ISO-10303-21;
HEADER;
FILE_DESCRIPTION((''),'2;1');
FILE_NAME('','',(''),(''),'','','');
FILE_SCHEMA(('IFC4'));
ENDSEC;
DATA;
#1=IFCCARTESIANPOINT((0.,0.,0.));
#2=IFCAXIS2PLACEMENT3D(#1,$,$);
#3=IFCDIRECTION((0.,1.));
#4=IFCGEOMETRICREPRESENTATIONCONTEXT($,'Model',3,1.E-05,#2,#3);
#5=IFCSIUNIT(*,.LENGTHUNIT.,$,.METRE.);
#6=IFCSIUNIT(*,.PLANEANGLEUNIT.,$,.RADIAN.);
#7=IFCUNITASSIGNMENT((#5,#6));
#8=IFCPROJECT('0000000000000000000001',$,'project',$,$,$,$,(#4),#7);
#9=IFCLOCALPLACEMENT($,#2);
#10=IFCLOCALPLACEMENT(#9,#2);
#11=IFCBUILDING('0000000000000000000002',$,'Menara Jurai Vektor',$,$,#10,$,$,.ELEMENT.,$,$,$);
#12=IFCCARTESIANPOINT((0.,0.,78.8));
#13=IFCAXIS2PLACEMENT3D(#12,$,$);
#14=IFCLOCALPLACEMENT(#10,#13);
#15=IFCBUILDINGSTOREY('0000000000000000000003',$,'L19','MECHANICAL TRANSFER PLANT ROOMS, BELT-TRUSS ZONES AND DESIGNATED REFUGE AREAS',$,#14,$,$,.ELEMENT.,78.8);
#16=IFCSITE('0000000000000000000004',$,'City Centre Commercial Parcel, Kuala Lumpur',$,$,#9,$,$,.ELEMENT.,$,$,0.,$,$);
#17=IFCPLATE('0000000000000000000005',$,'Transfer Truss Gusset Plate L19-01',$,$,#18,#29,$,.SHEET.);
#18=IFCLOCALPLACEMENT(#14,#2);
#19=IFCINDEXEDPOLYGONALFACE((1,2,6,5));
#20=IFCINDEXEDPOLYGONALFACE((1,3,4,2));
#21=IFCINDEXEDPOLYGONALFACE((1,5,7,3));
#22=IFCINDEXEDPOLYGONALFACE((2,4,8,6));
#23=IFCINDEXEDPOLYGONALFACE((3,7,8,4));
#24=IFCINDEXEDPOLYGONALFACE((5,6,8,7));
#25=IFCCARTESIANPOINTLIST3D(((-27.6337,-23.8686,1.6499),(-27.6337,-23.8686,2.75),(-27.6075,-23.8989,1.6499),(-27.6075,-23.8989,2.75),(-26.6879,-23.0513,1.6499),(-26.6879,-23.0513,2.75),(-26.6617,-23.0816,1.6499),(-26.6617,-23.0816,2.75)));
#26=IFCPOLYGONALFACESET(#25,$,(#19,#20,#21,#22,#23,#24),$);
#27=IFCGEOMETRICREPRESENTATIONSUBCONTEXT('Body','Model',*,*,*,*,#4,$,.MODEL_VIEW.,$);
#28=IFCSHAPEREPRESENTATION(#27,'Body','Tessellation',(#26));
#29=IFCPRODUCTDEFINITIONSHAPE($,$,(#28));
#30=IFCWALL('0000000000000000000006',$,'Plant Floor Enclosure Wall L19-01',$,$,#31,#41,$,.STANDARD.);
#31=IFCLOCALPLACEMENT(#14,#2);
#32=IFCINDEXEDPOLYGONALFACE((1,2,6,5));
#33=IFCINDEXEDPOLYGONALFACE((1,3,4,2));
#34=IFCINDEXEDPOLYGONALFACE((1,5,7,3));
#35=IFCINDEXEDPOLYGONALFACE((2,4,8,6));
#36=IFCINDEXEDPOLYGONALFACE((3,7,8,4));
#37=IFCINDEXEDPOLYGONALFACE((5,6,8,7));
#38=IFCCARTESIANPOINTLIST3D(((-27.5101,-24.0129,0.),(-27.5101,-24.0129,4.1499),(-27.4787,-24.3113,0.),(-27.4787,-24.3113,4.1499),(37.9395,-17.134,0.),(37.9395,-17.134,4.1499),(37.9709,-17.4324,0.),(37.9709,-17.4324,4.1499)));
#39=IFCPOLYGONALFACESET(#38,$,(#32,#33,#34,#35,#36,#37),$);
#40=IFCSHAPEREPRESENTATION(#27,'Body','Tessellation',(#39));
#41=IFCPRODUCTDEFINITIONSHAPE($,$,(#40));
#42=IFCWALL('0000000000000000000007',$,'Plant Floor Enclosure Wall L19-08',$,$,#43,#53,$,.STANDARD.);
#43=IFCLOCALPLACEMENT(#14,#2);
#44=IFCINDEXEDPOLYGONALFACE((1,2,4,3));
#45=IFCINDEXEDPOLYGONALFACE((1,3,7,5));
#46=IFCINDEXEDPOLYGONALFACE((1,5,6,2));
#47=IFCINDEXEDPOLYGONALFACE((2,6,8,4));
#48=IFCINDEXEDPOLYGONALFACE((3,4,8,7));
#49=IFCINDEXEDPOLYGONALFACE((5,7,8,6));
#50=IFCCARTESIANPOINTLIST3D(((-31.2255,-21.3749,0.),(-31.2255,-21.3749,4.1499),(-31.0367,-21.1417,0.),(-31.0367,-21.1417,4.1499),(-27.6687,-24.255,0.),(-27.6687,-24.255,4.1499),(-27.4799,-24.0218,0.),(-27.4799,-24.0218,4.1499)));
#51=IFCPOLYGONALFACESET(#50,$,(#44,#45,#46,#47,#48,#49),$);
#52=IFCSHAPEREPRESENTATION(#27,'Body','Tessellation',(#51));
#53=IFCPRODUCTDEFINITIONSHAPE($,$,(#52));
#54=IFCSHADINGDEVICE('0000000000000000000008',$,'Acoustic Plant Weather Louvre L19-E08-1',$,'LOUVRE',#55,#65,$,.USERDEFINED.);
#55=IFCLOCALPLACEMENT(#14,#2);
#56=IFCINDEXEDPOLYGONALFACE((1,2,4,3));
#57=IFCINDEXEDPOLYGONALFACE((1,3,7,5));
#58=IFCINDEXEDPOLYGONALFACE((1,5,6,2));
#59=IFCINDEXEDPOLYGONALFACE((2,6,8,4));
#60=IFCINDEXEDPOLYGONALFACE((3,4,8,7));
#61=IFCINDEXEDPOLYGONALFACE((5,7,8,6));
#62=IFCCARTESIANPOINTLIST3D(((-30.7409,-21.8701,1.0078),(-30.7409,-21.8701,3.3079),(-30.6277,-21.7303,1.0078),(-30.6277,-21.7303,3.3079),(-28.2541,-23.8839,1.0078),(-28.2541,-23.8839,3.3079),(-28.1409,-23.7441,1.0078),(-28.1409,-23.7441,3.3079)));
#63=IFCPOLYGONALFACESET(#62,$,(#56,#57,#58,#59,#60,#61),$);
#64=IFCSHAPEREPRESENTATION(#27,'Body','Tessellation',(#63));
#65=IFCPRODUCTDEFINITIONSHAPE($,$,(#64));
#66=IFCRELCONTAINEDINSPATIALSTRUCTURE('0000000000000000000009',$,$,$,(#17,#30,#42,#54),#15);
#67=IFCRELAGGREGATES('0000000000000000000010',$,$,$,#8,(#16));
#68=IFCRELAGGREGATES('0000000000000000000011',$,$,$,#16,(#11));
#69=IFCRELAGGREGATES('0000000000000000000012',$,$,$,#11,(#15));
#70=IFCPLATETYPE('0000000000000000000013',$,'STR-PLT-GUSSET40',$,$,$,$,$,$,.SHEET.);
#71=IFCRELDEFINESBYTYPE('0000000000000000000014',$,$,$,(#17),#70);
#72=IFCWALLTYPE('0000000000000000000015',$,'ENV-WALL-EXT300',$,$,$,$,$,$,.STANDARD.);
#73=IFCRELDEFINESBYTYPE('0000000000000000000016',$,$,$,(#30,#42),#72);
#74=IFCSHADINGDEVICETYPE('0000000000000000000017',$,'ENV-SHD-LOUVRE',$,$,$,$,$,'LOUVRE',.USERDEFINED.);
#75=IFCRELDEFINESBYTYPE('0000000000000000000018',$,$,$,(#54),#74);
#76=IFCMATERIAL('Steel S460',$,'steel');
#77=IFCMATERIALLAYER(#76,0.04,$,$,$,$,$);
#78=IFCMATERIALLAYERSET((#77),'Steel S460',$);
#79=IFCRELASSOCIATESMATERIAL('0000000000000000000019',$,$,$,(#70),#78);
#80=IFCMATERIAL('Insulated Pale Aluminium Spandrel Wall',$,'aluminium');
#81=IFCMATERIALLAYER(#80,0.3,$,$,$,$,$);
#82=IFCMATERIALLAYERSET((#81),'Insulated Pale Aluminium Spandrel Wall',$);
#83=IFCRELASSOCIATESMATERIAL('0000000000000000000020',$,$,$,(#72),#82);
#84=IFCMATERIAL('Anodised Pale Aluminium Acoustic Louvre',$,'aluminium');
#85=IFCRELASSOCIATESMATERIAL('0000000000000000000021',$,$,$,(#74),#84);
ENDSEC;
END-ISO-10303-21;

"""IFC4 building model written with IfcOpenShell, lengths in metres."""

from ifc_helpers import new_model, si_unit, direction, frame, frame_2d, origin, origin_2d, place, context, subcontext, project, spatial, rectangle, extrude, material, layer, layer_set, type_object, element, save


model = new_model("IFC4")

# Units and contexts
model_context = context("Model", 3, precision=1e-05, world=origin(), true_north=direction((0.0, 1.0)))
body_context = subcontext(model_context, "Body", "Model", "MODEL_VIEW")
ifc_project = project(units=[si_unit("LENGTHUNIT", "METRE"), si_unit("PLANEANGLEUNIT", "RADIAN")], contexts=[model_context])

# Site, building, storey
site_placement = place(None, origin())
site = spatial("IfcSite", under=ifc_project, at=site_placement, Name="City Centre Commercial Parcel, Kuala Lumpur", CompositionType="ELEMENT", RefElevation=0.0)
building_placement = place(site_placement, origin())
building = spatial("IfcBuilding", under=site, at=building_placement, Name="Menara Jurai Vektor", CompositionType="ELEMENT")
storey_placement = place(building_placement, frame((0.0, 0.0, 78.8)))
storey = spatial("IfcBuildingStorey", under=building, at=storey_placement, Name="L19", Description="MECHANICAL TRANSFER PLANT ROOMS, BELT-TRUSS ZONES AND DESIGNATED REFUGE AREAS", CompositionType="ELEMENT", Elevation=78.8)

# Shared definitions
ifc_material_1 = material(Name="Steel S460", Category="steel")

# Plate
ifc_layer_1 = layer(ifc_material_1, 0.04)
ifc_layer_set_1 = layer_set([ifc_layer_1], Name="Steel S460")
plate_type = type_object("IfcPlateType", Name="STR-PLT-GUSSET40", PredefinedType="SHEET", material=ifc_layer_set_1)
plate_placement = place(storey_placement, frame((-27.1477, -23.4751, 1.6499), z_axis=(0.0, 0.0, 1.0), x_axis=(0.756653, 0.653817, 0.0)))
element("IfcPlate", 1, at=plate_placement, inside=storey, type_object=plate_type, Name="Transfer Truss Gusset Plate L19-01", PredefinedType="SHEET", context=body_context, shape_type="SweptSolid", body=[
    extrude(rectangle(XDim=1.25, YDim=0.04, at=origin_2d()), origin(), (0.0, 0.0, 1.0), 1.1001),
])

# Walls
ifc_material_2 = material(Name="Insulated Pale Aluminium Spandrel Wall", Category="aluminium")
ifc_layer_2 = layer(ifc_material_2, 0.3)
ifc_layer_set_2 = layer_set([ifc_layer_2], Name="Insulated Pale Aluminium Spandrel Wall")
wall_type = type_object("IfcWallType", Name="ENV-WALL-EXT300", PredefinedType="STANDARD", material=ifc_layer_set_2)
wall_1_placement = place(storey_placement, frame((-27.4944, -24.1621, 0.0), z_axis=(0.0, 0.0, 1.0), x_axis=(0.994522, 0.104527, 0.0)))
element("IfcWall", 2, at=wall_1_placement, inside=storey, type_object=wall_type, Name="Plant Floor Enclosure Wall L19-01", PredefinedType="STANDARD", context=body_context, shape_type="SweptSolid", body=[
    extrude(rectangle(XDim=65.8101, YDim=0.3, at=frame_2d((32.905, 0.0))), origin(), (0.0, 0.0, 1.0), 4.1499),
])
wall_2_placement = place(storey_placement, frame((-31.1311, -21.2583, 0.0), z_axis=(0.0, 0.0, 1.0), x_axis=(0.777165, -0.629296, 0.0)))
element("IfcWall", 3, at=wall_2_placement, inside=storey, type_object=wall_type, Name="Plant Floor Enclosure Wall L19-08", PredefinedType="STANDARD", context=body_context, shape_type="SweptSolid", body=[
    extrude(rectangle(XDim=4.5767, YDim=0.3, at=frame_2d((2.2883, 0.0))), origin(), (0.0, 0.0, 1.0), 4.1499),
])

# Shading device
ifc_material_3 = material(Name="Anodised Pale Aluminium Acoustic Louvre", Category="aluminium")
shading_device_type = type_object("IfcShadingDeviceType", Name="ENV-SHD-LOUVRE", ElementType="LOUVRE", PredefinedType="USERDEFINED", material=ifc_material_3)
shading_device_placement = place(storey_placement, frame((-29.4409, -22.8071, 1.0078), z_axis=(0.0, 0.0, 1.0), x_axis=(0.777146, -0.62932, 0.0)))
element("IfcShadingDevice", 4, at=shading_device_placement, inside=storey, type_object=shading_device_type, Name="Acoustic Plant Weather Louvre L19-E08-1", ObjectType="LOUVRE", PredefinedType="USERDEFINED", context=body_context, shape_type="SweptSolid", body=[
    extrude(rectangle(XDim=3.2, YDim=0.1799, at=origin_2d()), origin(), (0.0, 0.0, 1.0), 2.3),
])

save(model, "model.ifc")
